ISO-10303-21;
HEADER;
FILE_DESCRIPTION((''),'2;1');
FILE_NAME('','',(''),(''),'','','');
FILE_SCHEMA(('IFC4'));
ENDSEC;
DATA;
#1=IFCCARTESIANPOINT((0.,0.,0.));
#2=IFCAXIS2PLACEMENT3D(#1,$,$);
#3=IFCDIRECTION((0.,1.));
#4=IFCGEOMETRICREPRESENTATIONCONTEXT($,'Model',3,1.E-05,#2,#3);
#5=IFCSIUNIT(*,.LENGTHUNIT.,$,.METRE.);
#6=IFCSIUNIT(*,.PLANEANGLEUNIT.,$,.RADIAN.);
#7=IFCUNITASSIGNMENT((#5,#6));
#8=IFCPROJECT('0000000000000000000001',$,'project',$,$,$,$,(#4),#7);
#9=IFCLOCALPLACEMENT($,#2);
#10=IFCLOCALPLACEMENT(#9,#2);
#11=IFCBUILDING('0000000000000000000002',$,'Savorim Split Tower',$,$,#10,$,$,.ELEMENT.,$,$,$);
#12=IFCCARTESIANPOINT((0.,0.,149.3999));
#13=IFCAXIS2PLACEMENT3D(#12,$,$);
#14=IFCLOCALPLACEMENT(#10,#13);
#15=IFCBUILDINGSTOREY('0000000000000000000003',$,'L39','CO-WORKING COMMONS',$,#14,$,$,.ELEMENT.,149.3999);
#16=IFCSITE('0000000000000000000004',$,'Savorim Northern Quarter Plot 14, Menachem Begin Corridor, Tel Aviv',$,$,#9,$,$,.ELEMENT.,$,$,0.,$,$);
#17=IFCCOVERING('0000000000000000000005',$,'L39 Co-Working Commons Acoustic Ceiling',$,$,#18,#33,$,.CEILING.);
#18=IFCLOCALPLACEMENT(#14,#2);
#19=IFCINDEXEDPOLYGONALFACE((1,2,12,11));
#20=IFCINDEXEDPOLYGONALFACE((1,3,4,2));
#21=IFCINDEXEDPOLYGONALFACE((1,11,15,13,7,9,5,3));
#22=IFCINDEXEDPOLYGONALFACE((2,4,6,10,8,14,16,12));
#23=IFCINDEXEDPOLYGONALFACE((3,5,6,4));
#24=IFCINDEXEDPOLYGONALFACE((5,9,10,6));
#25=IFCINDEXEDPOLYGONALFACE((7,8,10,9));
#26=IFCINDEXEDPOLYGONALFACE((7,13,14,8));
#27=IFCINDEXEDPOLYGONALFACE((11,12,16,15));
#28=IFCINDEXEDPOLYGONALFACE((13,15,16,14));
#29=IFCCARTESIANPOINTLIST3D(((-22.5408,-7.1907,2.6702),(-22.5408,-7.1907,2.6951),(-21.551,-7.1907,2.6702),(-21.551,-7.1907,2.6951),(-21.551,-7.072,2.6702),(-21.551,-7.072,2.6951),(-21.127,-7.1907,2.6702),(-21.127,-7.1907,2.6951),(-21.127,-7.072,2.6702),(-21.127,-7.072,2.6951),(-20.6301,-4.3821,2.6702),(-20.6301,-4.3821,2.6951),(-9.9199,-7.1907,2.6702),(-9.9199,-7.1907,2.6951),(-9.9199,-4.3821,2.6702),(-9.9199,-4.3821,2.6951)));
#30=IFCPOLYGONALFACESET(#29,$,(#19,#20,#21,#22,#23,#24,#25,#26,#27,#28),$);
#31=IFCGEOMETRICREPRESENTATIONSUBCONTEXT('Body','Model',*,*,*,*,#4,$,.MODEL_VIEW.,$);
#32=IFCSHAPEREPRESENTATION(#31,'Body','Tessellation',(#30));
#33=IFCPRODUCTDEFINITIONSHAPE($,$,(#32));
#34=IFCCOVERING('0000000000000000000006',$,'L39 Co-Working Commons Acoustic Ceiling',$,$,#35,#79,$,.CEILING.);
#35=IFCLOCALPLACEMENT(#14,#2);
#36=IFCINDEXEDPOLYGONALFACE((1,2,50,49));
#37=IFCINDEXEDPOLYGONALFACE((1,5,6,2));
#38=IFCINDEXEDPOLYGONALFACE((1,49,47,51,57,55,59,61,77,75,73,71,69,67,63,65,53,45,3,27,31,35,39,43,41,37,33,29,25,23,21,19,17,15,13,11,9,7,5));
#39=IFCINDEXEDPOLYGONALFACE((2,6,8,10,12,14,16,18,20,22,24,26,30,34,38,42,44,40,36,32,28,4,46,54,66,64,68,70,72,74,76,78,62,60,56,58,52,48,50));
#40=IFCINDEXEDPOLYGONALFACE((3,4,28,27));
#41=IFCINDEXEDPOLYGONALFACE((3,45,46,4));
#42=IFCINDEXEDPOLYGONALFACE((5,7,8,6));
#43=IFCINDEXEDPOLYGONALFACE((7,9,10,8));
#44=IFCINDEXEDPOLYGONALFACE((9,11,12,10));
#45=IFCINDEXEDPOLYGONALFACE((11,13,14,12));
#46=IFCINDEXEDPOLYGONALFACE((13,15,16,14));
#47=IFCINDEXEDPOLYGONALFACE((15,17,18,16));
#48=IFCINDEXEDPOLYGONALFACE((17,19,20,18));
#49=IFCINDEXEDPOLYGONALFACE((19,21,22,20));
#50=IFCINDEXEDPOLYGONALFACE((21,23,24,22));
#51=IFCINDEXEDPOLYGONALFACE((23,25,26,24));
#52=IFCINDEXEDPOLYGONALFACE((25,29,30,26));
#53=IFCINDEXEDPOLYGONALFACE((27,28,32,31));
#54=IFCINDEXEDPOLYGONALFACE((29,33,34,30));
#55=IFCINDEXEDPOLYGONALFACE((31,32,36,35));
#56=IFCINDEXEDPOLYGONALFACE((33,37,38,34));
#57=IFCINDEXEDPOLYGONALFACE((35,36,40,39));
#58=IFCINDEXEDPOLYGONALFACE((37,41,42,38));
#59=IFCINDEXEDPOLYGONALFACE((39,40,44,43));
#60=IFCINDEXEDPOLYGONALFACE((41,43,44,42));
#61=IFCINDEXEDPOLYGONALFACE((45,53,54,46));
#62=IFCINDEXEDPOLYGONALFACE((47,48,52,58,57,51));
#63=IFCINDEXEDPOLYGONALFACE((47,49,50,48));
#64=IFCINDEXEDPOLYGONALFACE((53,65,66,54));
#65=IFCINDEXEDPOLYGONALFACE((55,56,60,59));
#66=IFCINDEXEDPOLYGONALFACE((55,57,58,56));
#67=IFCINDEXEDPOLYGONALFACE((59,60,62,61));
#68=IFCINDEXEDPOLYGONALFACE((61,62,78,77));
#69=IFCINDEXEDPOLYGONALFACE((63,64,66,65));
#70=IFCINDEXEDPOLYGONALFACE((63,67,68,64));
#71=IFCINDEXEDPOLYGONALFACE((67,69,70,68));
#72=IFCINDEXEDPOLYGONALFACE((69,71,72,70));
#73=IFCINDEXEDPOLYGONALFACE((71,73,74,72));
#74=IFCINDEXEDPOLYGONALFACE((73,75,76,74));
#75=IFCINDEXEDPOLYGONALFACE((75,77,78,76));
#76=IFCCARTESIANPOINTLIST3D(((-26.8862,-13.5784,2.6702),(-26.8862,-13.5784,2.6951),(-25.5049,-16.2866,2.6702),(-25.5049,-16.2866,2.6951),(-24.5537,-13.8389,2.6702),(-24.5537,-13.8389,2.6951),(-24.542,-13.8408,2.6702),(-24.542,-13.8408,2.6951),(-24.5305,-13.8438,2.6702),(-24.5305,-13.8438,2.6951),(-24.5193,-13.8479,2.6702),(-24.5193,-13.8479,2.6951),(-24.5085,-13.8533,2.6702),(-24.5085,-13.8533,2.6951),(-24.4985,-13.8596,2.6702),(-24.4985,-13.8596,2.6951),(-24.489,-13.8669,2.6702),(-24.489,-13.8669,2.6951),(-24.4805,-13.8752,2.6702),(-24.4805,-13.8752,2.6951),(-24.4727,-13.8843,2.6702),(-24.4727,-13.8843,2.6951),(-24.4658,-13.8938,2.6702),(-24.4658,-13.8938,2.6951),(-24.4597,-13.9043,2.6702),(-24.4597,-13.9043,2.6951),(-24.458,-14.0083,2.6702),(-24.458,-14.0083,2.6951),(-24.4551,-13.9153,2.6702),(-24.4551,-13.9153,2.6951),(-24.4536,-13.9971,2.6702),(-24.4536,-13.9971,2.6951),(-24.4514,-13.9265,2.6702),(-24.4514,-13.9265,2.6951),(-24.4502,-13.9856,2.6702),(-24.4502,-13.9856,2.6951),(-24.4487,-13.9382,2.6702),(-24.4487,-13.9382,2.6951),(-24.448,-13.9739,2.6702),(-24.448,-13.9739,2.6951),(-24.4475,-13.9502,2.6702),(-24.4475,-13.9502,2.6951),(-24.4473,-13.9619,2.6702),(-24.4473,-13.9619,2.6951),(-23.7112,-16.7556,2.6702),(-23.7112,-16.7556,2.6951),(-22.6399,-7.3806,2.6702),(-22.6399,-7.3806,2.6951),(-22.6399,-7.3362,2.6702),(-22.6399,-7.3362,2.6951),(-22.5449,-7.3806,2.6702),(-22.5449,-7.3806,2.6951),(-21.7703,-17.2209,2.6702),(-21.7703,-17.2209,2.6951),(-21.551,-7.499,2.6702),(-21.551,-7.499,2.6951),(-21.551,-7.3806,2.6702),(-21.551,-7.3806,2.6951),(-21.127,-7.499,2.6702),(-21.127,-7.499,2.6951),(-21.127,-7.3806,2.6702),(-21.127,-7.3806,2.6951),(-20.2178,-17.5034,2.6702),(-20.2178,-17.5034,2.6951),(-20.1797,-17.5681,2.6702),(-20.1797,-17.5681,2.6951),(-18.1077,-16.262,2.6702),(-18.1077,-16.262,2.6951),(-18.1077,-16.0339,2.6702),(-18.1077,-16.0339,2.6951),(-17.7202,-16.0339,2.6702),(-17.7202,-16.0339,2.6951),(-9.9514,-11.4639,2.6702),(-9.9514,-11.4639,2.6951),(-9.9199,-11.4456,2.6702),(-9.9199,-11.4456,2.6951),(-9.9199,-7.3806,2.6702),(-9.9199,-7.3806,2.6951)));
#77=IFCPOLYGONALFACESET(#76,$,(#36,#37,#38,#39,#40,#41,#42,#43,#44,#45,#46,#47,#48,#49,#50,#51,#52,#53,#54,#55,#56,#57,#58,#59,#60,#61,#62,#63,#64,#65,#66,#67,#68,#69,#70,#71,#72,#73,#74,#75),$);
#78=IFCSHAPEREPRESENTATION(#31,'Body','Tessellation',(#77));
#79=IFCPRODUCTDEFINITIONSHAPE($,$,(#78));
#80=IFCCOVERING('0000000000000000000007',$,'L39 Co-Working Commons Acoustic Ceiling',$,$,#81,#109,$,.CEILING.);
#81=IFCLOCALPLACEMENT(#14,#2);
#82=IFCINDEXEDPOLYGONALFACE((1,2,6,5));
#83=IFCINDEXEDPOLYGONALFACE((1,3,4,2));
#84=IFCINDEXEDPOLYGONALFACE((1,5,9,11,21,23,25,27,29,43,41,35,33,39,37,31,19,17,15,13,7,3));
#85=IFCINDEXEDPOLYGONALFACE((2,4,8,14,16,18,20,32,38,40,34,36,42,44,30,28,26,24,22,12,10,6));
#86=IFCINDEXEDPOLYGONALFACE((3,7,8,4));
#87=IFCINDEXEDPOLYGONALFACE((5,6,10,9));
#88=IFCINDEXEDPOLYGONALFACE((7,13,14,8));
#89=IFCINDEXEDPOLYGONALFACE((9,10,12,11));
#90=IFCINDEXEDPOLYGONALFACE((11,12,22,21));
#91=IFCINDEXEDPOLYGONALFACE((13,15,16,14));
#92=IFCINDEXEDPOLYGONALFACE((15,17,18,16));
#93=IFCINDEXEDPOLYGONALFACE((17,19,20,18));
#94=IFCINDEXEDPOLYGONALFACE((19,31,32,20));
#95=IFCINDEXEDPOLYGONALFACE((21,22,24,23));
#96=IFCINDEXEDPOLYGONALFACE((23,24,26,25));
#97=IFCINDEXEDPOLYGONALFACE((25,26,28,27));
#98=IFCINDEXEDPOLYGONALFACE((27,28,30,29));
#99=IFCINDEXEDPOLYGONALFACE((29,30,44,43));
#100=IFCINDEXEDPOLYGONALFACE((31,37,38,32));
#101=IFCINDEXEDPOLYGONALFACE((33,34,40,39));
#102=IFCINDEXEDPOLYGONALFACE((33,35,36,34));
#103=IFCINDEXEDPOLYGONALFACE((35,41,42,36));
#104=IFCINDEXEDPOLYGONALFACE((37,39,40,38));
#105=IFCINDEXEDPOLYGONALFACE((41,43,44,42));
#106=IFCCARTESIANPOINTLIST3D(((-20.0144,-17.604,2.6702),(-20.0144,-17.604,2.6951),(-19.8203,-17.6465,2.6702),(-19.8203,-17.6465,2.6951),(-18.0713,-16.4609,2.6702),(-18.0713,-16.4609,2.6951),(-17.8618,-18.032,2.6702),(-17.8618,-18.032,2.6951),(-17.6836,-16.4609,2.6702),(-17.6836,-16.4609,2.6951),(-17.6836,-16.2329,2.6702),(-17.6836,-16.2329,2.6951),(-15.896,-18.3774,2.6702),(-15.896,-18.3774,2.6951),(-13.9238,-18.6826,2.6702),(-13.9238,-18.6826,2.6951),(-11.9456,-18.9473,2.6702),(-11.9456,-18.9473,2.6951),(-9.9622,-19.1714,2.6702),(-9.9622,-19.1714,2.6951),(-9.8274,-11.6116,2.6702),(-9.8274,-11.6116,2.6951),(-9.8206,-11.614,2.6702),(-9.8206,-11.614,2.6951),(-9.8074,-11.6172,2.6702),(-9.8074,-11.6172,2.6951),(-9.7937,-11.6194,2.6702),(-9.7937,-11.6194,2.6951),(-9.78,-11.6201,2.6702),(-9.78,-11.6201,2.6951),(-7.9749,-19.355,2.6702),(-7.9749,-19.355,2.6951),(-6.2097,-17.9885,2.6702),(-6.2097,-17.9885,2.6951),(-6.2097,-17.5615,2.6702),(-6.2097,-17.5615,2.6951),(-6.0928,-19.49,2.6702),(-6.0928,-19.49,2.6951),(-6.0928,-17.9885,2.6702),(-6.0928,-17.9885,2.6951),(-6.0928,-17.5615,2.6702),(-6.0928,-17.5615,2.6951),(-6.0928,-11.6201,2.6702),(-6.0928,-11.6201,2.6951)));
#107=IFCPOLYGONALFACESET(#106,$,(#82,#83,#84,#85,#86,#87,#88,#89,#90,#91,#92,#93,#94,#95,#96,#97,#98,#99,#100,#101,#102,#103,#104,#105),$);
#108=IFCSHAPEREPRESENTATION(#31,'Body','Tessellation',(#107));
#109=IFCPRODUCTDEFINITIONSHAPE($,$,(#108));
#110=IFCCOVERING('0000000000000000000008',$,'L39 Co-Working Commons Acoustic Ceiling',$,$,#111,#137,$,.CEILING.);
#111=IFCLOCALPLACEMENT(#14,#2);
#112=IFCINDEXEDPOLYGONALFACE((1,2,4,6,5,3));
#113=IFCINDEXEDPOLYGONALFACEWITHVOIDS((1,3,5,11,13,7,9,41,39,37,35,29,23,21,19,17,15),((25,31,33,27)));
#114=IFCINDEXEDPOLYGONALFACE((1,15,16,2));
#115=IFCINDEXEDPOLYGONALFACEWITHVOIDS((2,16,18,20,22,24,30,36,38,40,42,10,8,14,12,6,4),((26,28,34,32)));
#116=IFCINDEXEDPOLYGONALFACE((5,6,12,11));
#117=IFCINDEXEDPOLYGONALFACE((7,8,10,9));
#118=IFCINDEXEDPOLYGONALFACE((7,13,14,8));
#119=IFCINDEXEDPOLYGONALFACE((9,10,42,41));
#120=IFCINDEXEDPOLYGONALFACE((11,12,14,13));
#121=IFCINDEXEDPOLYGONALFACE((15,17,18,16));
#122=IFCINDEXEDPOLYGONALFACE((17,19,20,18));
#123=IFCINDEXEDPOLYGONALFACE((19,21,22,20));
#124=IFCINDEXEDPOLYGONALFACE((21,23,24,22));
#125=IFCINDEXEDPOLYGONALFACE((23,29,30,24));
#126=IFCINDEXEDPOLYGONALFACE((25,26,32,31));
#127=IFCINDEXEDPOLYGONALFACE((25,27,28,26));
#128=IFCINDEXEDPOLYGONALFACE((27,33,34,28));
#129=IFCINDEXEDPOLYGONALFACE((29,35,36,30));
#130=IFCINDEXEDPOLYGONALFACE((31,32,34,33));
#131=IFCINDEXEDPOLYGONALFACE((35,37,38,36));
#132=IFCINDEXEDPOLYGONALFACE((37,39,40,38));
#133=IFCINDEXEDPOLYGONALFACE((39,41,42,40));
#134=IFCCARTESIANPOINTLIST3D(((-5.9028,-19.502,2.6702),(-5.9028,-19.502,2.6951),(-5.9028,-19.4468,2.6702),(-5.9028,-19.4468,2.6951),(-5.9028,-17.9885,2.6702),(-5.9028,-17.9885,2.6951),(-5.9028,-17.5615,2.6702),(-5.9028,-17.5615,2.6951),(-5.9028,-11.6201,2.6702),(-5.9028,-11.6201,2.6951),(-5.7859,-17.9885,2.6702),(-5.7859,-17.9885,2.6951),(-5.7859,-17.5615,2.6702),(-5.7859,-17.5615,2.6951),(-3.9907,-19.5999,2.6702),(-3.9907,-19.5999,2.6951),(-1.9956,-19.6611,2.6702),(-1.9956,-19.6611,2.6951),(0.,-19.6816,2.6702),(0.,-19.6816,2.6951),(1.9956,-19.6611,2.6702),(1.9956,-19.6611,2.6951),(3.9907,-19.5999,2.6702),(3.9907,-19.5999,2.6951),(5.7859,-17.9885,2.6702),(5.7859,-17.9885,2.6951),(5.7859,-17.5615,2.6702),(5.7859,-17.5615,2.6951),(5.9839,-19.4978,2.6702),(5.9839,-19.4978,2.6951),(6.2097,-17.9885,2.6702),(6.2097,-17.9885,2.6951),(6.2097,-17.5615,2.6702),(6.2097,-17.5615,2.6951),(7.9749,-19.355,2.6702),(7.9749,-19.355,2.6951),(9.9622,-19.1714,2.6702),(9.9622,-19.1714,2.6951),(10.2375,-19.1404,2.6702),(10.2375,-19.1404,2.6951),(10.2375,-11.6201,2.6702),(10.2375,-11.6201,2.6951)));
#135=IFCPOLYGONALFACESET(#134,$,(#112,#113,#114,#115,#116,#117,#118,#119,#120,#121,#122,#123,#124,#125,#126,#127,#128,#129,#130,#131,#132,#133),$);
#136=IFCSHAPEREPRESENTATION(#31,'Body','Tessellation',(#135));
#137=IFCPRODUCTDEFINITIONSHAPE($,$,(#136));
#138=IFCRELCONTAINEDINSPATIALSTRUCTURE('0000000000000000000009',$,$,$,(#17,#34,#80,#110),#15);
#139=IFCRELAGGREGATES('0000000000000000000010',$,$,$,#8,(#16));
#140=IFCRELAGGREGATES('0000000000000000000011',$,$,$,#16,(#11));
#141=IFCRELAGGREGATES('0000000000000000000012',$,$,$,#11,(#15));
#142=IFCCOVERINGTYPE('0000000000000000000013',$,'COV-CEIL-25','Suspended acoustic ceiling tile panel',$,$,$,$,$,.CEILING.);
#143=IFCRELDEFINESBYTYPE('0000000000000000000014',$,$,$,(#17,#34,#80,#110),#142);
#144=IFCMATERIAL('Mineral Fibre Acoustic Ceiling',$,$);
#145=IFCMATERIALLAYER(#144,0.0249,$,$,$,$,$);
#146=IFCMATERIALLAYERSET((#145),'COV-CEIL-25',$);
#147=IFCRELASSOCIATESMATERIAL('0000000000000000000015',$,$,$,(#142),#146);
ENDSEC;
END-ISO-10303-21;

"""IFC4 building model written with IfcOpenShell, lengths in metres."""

from ifc_helpers import new_model, si_unit, direction, frame, origin, place, context, subcontext, project, spatial, polyline, outline, extrude, material, layer, layer_set, type_object, element, save


model = new_model("IFC4")

# Units and contexts
model_context = context("Model", 3, precision=1e-05, world=origin(), true_north=direction((0.0, 1.0)))
body_context = subcontext(model_context, "Body", "Model", "MODEL_VIEW")
ifc_project = project(units=[si_unit("LENGTHUNIT", "METRE"), si_unit("PLANEANGLEUNIT", "RADIAN")], contexts=[model_context])

# Site, building, storey
site_placement = place(None, origin())
site = spatial("IfcSite", under=ifc_project, at=site_placement, Name="Savorim Northern Quarter Plot 14, Menachem Begin Corridor, Tel Aviv", CompositionType="ELEMENT", RefElevation=0.0)
building_placement = place(site_placement, origin())
building = spatial("IfcBuilding", under=site, at=building_placement, Name="Savorim Split Tower", CompositionType="ELEMENT")
storey_placement = place(building_placement, frame((0.0, 0.0, 149.3999)))
storey = spatial("IfcBuildingStorey", under=building, at=storey_placement, Name="L39", Description="CO-WORKING COMMONS", CompositionType="ELEMENT", Elevation=149.3999)

# Coverings
ifc_material_1 = material(Name="Mineral Fibre Acoustic Ceiling")
ifc_layer_1 = layer(ifc_material_1, 0.0249)
ifc_layer_set_1 = layer_set([ifc_layer_1], Name="COV-CEIL-25")
covering_type_1 = type_object("IfcCoveringType", Name="COV-CEIL-25", Description="Suspended acoustic ceiling tile panel", PredefinedType="CEILING", material=ifc_layer_set_1)
covering_1_placement = place(storey_placement, frame((0.0, 0.0, 2.6702)))
element("IfcCovering", 1, at=covering_1_placement, inside=storey, type_object=covering_type_1, Name="L39 Co-Working Commons Acoustic Ceiling", PredefinedType="CEILING", context=body_context, shape_type="SweptSolid", body=[
    extrude(outline(polyline([(-21.127, -7.072), (-21.127, -7.1907), (-9.9199, -7.1907), (-9.9199, -4.3821), (-20.6301, -4.3821), (-22.5408, -7.1907), (-21.551, -7.1907), (-21.551, -7.072), (-21.127, -7.072)])), origin(), (0.0, 0.0, 1.0), 0.0249),
])
covering_2_placement = place(storey_placement, frame((0.0, 0.0, 2.6702)))
element("IfcCovering", 2, at=covering_2_placement, inside=storey, type_object=covering_type_1, Name="L39 Co-Working Commons Acoustic Ceiling", PredefinedType="CEILING", context=body_context, shape_type="SweptSolid", body=[
    extrude(outline(polyline([(-24.4475, -13.9502), (-24.4473, -13.9619), (-24.448, -13.9739), (-24.4502, -13.9856), (-24.4536, -13.9971), (-24.458, -14.0083), (-25.5049, -16.2866), (-23.7112, -16.7556), (-21.7703, -17.2209), (-20.1797, -17.5681), (-20.2178, -17.5034), (-18.1077, -16.262), (-18.1077, -16.0339), (-17.7202, -16.0339), (-9.9514, -11.4639), (-9.9199, -11.4456), (-9.9199, -7.3806), (-21.127, -7.3806), (-21.127, -7.499), (-21.551, -7.499), (-21.551, -7.3806), (-22.5449, -7.3806), (-22.6399, -7.3806), (-22.6399, -7.3362), (-26.8862, -13.5784), (-24.5537, -13.8389), (-24.542, -13.8408), (-24.5305, -13.8438), (-24.5193, -13.8479), (-24.5085, -13.8533), (-24.4985, -13.8596), (-24.489, -13.8669), (-24.4805, -13.8752), (-24.4727, -13.8843), (-24.4658, -13.8938), (-24.4597, -13.9043), (-24.4551, -13.9153), (-24.4514, -13.9265), (-24.4487, -13.9382), (-24.4475, -13.9502)])), origin(), (0.0, 0.0, 1.0), 0.0249),
])
covering_3_placement = place(storey_placement, frame((0.0, 0.0, 2.6702)))
element("IfcCovering", 3, at=covering_3_placement, inside=storey, type_object=covering_type_1, Name="L39 Co-Working Commons Acoustic Ceiling", PredefinedType="CEILING", context=body_context, shape_type="SweptSolid", body=[
    extrude(outline(polyline([(-13.9238, -18.6826), (-11.9456, -18.9473), (-9.9622, -19.1714), (-7.9749, -19.355), (-6.0928, -19.49), (-6.0928, -17.9885), (-6.2097, -17.9885), (-6.2097, -17.5615), (-6.0928, -17.5615), (-6.0928, -11.6201), (-9.78, -11.6201), (-9.7937, -11.6194), (-9.8074, -11.6172), (-9.8206, -11.614), (-9.8274, -11.6116), (-17.6836, -16.2329), (-17.6836, -16.4609), (-18.0713, -16.4609), (-20.0144, -17.604), (-19.8203, -17.6465), (-17.8618, -18.032), (-15.896, -18.3774), (-13.9238, -18.6826)])), origin(), (0.0, 0.0, 1.0), 0.0249),
])
covering_4_placement = place(storey_placement, frame((0.0, 0.0, 2.6702)))
element("IfcCovering", 4, at=covering_4_placement, inside=storey, type_object=covering_type_1, Name="L39 Co-Working Commons Acoustic Ceiling", PredefinedType="CEILING", context=body_context, shape_type="SweptSolid", body=[
    extrude(outline(polyline([(5.9839, -19.4978), (7.9749, -19.355), (9.9622, -19.1714), (10.2375, -19.1404), (10.2375, -11.6201), (-5.9028, -11.6201), (-5.9028, -17.5615), (-5.7859, -17.5615), (-5.7859, -17.9885), (-5.9028, -17.9885), (-5.9028, -19.4468), (-5.9028, -19.502), (-3.9907, -19.5999), (-1.9956, -19.6611), (0.0, -19.6816), (1.9956, -19.6611), (3.9907, -19.5999), (5.9839, -19.4978)]), holes=[polyline([(5.7859, -17.9885), (6.2097, -17.9885), (6.2097, -17.5615), (5.7859, -17.5615), (5.7859, -17.9885)])]), origin(), (0.0, 0.0, 1.0), 0.0249),
])

save(model, "model.ifc")
